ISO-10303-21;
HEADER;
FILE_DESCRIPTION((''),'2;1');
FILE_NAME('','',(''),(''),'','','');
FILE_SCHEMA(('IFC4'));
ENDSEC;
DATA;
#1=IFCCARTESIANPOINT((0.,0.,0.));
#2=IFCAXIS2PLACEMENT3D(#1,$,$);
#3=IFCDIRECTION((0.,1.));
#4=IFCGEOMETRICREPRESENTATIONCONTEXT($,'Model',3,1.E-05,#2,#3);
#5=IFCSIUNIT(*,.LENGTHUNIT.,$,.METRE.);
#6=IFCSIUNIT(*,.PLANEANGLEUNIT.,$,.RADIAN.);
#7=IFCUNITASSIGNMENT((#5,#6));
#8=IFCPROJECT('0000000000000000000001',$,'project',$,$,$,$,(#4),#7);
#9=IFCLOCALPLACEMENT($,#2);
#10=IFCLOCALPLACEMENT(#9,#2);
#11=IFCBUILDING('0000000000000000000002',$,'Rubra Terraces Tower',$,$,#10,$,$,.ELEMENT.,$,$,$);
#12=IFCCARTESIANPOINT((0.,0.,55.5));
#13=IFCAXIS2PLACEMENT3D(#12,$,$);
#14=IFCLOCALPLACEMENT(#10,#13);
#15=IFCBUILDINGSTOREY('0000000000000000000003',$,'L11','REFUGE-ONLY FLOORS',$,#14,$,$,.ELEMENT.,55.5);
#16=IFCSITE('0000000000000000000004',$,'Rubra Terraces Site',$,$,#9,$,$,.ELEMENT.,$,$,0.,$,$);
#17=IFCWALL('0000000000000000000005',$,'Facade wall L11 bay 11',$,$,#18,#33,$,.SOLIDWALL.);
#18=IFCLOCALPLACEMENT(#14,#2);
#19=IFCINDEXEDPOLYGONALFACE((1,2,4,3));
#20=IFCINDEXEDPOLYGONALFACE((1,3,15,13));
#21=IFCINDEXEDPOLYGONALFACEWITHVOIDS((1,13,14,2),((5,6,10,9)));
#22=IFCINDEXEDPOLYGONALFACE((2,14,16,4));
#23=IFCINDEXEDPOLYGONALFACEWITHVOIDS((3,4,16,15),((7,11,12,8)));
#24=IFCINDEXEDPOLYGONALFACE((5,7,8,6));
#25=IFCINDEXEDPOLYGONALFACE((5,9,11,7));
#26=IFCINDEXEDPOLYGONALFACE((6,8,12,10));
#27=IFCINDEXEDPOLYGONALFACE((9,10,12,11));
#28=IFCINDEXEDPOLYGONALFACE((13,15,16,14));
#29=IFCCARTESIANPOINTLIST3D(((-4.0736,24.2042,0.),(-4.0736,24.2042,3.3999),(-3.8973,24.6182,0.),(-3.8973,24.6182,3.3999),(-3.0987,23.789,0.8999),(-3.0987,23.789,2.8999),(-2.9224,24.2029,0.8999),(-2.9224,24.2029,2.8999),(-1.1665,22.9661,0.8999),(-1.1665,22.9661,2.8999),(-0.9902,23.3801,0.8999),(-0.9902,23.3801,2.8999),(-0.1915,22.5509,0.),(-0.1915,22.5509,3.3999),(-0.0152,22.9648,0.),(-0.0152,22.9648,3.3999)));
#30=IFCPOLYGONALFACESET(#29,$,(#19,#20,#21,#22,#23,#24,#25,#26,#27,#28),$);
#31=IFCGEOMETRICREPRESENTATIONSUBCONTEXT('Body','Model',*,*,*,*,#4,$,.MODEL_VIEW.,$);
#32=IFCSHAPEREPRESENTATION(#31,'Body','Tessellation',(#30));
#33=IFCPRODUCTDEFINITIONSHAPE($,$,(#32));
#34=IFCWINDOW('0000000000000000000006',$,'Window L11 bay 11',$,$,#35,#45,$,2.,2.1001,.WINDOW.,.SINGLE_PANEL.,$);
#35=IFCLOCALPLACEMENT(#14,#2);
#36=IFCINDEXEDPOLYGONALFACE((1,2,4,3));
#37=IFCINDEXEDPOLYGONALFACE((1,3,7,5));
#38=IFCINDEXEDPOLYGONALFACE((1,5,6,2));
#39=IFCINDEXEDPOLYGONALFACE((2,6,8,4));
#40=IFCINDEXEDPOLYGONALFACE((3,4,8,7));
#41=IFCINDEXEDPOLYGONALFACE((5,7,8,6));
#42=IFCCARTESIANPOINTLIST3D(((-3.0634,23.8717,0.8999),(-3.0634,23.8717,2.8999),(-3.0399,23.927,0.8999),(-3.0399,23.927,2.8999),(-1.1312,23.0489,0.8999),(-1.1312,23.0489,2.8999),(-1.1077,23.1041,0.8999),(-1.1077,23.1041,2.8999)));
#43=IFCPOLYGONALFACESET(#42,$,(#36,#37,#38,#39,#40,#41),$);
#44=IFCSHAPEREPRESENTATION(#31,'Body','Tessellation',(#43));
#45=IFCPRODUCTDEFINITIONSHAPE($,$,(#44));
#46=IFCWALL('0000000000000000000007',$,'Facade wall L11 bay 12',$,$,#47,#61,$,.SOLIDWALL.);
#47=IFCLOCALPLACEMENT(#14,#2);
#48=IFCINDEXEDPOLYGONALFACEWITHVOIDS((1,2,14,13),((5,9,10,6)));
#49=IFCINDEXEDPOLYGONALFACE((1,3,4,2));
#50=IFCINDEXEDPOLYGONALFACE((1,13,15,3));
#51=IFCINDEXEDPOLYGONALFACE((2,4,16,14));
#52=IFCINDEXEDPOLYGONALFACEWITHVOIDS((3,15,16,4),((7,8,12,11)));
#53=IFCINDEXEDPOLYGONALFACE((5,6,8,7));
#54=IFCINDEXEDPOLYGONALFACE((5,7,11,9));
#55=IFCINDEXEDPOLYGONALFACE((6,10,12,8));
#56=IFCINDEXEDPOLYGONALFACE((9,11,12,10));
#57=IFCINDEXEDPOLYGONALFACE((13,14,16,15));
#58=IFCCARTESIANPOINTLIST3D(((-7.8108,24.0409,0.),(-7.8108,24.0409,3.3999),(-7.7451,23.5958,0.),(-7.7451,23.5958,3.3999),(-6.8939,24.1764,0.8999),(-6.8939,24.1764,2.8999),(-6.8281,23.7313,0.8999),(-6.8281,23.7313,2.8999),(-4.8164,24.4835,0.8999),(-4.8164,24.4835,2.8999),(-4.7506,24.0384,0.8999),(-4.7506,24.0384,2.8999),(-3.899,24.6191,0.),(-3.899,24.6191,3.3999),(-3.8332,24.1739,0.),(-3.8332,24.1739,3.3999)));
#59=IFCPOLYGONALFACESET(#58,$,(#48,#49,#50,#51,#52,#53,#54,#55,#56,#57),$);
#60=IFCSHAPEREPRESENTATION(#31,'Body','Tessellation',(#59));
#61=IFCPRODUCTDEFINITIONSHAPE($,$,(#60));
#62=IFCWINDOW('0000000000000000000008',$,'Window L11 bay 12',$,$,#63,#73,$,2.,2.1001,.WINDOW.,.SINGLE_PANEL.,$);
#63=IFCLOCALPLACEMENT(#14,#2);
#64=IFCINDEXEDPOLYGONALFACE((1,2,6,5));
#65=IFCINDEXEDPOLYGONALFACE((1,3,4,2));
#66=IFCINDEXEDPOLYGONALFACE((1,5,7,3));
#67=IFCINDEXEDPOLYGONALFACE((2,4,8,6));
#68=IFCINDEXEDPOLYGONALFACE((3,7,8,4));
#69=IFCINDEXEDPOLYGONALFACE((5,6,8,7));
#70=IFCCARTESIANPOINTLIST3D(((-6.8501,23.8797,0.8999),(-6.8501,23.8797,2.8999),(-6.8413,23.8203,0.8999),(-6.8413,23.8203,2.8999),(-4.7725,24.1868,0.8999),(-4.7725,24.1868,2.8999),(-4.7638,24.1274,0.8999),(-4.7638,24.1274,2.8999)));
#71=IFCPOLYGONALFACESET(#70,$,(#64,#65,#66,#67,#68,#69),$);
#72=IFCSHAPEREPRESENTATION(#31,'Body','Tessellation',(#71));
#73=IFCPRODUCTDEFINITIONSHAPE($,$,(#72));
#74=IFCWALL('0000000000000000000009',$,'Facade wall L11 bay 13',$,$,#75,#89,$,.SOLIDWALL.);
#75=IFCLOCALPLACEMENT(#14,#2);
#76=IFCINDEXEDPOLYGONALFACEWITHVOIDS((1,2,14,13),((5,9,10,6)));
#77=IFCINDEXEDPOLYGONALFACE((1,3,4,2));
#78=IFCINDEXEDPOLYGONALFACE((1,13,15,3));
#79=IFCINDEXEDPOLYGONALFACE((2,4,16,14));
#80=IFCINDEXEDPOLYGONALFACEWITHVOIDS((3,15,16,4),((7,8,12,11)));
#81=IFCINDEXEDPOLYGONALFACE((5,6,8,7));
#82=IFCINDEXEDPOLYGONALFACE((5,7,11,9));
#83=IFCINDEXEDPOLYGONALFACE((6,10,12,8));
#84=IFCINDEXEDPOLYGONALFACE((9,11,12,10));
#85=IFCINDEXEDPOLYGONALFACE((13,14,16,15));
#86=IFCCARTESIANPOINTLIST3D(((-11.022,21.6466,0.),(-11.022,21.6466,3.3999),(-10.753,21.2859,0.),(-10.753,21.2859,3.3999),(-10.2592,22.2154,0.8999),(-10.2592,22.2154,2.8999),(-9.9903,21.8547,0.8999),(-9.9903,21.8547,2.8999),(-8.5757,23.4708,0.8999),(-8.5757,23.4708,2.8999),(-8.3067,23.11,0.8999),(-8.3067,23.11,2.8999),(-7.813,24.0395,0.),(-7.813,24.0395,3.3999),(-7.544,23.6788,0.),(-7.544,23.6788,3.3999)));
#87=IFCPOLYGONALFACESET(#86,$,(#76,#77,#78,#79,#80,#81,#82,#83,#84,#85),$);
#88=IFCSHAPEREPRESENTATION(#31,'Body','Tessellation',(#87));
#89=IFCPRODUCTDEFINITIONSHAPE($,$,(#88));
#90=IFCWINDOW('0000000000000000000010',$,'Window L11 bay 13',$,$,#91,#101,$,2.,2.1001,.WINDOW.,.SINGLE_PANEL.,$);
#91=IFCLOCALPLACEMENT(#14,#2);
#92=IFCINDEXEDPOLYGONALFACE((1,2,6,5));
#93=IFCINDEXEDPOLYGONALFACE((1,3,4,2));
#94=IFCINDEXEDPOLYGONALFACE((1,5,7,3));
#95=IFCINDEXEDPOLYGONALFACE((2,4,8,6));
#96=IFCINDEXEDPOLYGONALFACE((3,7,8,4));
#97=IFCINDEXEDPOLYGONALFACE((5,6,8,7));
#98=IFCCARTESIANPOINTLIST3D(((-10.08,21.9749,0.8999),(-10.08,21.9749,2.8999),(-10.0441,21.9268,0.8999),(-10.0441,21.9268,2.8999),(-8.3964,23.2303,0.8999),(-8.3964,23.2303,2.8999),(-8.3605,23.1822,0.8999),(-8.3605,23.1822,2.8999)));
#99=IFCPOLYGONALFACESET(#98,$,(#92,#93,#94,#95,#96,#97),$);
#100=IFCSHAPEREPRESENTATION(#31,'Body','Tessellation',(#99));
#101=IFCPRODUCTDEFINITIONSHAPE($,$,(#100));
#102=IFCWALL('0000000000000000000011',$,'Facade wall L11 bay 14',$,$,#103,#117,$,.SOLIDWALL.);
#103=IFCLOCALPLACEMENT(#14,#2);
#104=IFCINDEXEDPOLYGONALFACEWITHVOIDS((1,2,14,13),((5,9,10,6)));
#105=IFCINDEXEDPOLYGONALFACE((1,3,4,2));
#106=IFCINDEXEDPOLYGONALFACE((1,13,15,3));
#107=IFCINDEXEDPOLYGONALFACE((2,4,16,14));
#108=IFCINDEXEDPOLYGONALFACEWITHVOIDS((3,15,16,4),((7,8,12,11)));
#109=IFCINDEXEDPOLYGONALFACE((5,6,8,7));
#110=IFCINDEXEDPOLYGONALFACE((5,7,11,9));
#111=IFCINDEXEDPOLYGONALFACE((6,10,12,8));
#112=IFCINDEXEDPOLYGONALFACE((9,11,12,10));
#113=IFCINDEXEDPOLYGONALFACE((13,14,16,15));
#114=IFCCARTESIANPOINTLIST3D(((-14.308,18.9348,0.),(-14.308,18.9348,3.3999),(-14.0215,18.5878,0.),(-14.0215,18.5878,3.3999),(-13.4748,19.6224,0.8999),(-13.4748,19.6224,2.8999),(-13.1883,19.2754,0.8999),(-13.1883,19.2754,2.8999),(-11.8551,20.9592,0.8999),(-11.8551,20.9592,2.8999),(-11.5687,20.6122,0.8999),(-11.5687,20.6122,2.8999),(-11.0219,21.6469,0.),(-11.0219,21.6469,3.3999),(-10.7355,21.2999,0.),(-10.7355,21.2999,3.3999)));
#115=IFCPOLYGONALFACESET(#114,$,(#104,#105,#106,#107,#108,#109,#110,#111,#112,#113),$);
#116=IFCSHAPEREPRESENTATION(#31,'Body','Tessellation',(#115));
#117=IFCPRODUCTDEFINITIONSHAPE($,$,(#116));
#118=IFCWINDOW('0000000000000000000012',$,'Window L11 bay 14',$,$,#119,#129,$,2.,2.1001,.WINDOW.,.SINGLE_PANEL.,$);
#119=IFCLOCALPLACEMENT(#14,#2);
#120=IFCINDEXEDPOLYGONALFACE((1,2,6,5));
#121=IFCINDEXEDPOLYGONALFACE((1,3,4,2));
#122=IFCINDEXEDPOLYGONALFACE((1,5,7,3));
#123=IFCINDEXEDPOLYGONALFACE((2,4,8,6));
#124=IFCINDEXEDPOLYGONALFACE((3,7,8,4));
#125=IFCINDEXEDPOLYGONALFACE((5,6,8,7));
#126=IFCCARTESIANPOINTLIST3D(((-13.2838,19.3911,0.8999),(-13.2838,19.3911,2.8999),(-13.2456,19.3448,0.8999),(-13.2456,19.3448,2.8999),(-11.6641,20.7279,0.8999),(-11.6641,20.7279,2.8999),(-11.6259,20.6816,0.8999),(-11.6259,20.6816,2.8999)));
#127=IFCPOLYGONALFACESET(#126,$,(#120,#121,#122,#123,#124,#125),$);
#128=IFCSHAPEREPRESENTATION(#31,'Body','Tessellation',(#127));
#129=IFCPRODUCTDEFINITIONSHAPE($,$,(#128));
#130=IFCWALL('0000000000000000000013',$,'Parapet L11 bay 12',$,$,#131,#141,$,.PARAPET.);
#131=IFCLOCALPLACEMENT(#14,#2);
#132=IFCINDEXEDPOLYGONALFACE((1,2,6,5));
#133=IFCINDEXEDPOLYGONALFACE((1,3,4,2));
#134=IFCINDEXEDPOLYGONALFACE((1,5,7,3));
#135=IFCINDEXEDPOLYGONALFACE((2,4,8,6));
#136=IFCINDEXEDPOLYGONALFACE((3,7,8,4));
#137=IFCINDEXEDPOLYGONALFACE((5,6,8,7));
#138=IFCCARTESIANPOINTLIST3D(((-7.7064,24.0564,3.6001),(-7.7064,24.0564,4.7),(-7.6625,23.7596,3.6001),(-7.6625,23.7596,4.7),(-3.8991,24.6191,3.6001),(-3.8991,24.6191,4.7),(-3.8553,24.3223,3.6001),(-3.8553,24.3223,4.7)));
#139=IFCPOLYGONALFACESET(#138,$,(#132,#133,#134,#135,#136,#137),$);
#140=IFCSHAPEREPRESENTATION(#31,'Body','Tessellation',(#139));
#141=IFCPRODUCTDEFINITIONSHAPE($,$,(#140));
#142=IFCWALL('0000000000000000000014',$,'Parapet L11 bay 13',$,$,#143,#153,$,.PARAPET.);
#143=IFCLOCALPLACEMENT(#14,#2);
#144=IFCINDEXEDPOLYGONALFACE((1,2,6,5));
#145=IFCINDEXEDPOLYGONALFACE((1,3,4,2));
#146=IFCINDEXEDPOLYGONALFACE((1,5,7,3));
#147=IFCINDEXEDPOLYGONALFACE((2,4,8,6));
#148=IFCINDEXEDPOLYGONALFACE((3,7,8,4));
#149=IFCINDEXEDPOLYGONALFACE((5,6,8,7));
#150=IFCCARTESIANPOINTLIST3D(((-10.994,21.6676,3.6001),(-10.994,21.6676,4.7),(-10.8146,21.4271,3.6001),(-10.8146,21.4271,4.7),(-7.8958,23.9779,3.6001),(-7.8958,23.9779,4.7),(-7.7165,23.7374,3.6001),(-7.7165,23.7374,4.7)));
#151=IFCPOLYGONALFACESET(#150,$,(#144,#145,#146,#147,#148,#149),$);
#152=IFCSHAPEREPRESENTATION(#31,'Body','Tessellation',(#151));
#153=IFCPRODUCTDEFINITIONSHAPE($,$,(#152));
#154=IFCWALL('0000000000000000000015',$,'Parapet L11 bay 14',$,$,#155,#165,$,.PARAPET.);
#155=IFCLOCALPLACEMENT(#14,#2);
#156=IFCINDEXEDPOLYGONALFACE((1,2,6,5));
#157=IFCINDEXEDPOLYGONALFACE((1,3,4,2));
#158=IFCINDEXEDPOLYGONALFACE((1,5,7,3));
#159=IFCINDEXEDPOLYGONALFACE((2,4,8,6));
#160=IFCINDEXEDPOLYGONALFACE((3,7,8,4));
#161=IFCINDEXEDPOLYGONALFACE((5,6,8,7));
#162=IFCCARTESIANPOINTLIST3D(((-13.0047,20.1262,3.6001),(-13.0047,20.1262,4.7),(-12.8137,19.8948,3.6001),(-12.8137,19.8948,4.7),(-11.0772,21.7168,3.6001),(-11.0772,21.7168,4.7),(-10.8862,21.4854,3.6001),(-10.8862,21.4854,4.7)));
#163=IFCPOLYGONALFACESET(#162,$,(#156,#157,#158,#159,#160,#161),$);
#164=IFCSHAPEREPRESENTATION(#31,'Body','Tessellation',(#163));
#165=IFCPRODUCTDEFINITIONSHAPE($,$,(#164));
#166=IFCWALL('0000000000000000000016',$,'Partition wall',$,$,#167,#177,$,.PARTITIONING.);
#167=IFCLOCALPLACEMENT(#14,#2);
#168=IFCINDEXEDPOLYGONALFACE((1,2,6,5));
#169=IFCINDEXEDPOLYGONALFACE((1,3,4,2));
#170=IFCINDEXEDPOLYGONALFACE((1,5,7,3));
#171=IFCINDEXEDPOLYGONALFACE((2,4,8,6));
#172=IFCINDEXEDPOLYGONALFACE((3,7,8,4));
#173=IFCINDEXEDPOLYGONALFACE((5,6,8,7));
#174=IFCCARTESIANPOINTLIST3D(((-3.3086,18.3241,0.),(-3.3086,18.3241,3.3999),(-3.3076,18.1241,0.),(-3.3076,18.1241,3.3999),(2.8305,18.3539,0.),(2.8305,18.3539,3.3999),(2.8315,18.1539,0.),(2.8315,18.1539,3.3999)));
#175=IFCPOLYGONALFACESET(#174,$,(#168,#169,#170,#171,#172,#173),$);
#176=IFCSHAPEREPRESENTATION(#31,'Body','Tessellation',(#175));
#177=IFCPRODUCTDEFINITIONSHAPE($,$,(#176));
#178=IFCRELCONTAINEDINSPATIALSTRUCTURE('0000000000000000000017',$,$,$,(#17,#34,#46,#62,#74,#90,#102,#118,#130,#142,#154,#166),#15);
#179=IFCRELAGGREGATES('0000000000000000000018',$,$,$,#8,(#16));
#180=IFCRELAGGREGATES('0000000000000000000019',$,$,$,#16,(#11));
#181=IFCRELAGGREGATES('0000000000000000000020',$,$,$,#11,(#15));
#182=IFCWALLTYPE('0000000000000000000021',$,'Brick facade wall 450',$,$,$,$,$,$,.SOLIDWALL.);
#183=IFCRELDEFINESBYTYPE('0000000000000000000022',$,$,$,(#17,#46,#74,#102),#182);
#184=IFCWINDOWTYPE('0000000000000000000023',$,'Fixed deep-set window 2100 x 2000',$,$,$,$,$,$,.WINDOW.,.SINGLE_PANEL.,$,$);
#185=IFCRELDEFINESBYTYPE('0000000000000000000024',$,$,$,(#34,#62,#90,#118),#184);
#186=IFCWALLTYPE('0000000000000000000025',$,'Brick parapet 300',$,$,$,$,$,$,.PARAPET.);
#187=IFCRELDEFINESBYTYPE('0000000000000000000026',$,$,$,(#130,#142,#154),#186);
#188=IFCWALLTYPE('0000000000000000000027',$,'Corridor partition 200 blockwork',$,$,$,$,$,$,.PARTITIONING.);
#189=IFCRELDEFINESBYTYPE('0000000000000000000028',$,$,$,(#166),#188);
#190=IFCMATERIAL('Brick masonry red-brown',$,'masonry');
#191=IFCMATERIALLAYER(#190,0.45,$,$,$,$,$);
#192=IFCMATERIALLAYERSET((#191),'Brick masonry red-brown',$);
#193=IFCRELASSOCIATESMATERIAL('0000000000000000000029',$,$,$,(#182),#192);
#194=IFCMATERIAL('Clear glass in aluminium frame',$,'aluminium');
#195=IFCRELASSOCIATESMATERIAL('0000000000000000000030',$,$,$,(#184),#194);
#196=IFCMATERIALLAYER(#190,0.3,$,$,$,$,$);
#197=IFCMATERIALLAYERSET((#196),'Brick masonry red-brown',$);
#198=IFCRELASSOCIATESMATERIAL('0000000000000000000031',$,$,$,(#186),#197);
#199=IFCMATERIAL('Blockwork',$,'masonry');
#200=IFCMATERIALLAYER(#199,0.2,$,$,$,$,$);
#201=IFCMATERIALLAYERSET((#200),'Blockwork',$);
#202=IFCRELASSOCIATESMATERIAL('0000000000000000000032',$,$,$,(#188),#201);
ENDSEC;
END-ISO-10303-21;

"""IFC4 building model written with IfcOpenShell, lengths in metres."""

from ifc_helpers import new_model, si_unit, direction, frame, frame_2d, origin, place, context, subcontext, project, spatial, rectangle, extrude, material, layer, layer_set, type_object, element, fill, save


model = new_model("IFC4")

# Units and contexts
model_context = context("Model", 3, precision=1e-05, world=origin(), true_north=direction((0.0, 1.0)))
body_context = subcontext(model_context, "Body", "Model", "MODEL_VIEW")
ifc_project = project(units=[si_unit("LENGTHUNIT", "METRE"), si_unit("PLANEANGLEUNIT", "RADIAN")], contexts=[model_context])

# Site, building, storey
site_placement = place(None, origin())
site = spatial("IfcSite", under=ifc_project, at=site_placement, Name="Rubra Terraces Site", CompositionType="ELEMENT", RefElevation=0.0)
building_placement = place(site_placement, origin())
building = spatial("IfcBuilding", under=site, at=building_placement, Name="Rubra Terraces Tower", CompositionType="ELEMENT")
storey_placement = place(building_placement, frame((0.0, 0.0, 55.5)))
storey = spatial("IfcBuildingStorey", under=building, at=storey_placement, Name="L11", Description="REFUGE-ONLY FLOORS", CompositionType="ELEMENT", Elevation=55.5)

# Walls, openings, windows
ifc_material_1 = material(Name="Brick masonry red-brown", Category="masonry")
ifc_layer_1 = layer(ifc_material_1, 0.45)
ifc_layer_set_1 = layer_set([ifc_layer_1], Name="Brick masonry red-brown")
wall_type_1 = type_object("IfcWallType", Name="Brick facade wall 450", PredefinedType="SOLIDWALL", material=ifc_layer_set_1)
wall_1_placement = place(storey_placement, frame((-0.1033, 22.7578, 0.0), z_axis=(0.0, 0.0, 1.0), x_axis=(-0.920037, 0.39183, 0.0)))
wall_1 = element("IfcWall", 1, at=wall_1_placement, inside=storey, type_object=wall_type_1, Name="Facade wall L11 bay 11", PredefinedType="SOLIDWALL", context=body_context, shape_type="SweptSolid", body=[
    extrude(rectangle(XDim=4.2195, YDim=0.45, at=frame_2d((2.1099, 0.0))), origin(), (0.0, 0.0, 1.0), 3.3999),
])
opening_1_placement = place(wall_1_placement, frame((1.0598, 0.0, 0.8999)))
opening_1 = element("IfcOpeningElement", 2, at=opening_1_placement, cuts=wall_1, PredefinedType="OPENING", context=body_context, shape_type="SweptSolid", body=[
    extrude(rectangle(XDim=2.1001, YDim=2.0, at=frame_2d((1.05, 1.0))), frame((0.0, 0.2349, 0.0), z_axis=(0.0, -1.0, 0.0), x_axis=(1.0, 0.0, 0.0)), (0.0, 0.0, 1.0), 0.47),
])
ifc_material_2 = material(Name="Clear glass in aluminium frame", Category="aluminium")
window_type = type_object("IfcWindowType", Name="Fixed deep-set window 2100 x 2000", PartitioningType="SINGLE_PANEL", PredefinedType="WINDOW", material=ifc_material_2)
window_1_placement = place(opening_1_placement, origin())
window_1 = element("IfcWindow", 3, at=window_1_placement, inside=storey, type_object=window_type, Name="Window L11 bay 11", OverallHeight=2.0, OverallWidth=2.1001, PartitioningType="SINGLE_PANEL", PredefinedType="WINDOW", context=body_context, shape_type="SweptSolid", body=[
    extrude(rectangle(XDim=2.1001, YDim=2.0, at=frame_2d((1.05, 1.0))), frame((0.0, 0.135, 0.0), z_axis=(0.0, -1.0, 0.0), x_axis=(1.0, 0.0, 0.0)), (0.0, 0.0, 1.0), 0.0601),
])
fill(opening_1, window_1)
wall_2_placement = place(storey_placement, frame((-3.8662, 24.3965, 0.0), z_axis=(0.0, 0.0, 1.0), x_axis=(-0.989255, -0.1462, 0.0)))
wall_2 = element("IfcWall", 4, at=wall_2_placement, inside=storey, type_object=wall_type_1, Name="Facade wall L11 bay 12", PredefinedType="SOLIDWALL", context=body_context, shape_type="SweptSolid", body=[
    extrude(rectangle(XDim=3.9543, YDim=0.45, at=frame_2d((1.9771, 0.0))), origin(), (0.0, 0.0, 1.0), 3.3999),
])
opening_2_placement = place(wall_2_placement, frame((0.9272, 0.0, 0.8999)))
opening_2 = element("IfcOpeningElement", 5, at=opening_2_placement, cuts=wall_2, PredefinedType="OPENING", context=body_context, shape_type="SweptSolid", body=[
    extrude(rectangle(XDim=2.1001, YDim=2.0, at=frame_2d((1.05, 1.0))), frame((0.0, 0.2349, 0.0), z_axis=(0.0, -1.0, 0.0), x_axis=(1.0, 0.0, 0.0)), (0.0, 0.0, 1.0), 0.47),
])
window_2_placement = place(opening_2_placement, origin())
window_2 = element("IfcWindow", 6, at=window_2_placement, inside=storey, type_object=window_type, Name="Window L11 bay 12", OverallHeight=2.0, OverallWidth=2.1001, PartitioningType="SINGLE_PANEL", PredefinedType="WINDOW", context=body_context, shape_type="SweptSolid", body=[
    extrude(rectangle(XDim=2.1001, YDim=2.0, at=frame_2d((1.05, 1.0))), frame((0.0, 0.135, 0.0), z_axis=(0.0, -1.0, 0.0), x_axis=(1.0, 0.0, 0.0)), (0.0, 0.0, 1.0), 0.0601),
])
fill(opening_2, window_2)
wall_3_placement = place(storey_placement, frame((-7.6785, 23.8591, 0.0), z_axis=(0.0, 0.0, 1.0), x_axis=(-0.801666, -0.597773, 0.0)))
wall_3 = element("IfcWall", 7, at=wall_3_placement, inside=storey, type_object=wall_type_1, Name="Facade wall L11 bay 13", PredefinedType="SOLIDWALL", context=body_context, shape_type="SweptSolid", body=[
    extrude(rectangle(XDim=4.0029, YDim=0.45, at=frame_2d((2.0015, 0.0))), origin(), (0.0, 0.0, 1.0), 3.3999),
])
opening_3_placement = place(wall_3_placement, frame((0.9514, 0.0, 0.8999)))
opening_3 = element("IfcOpeningElement", 8, at=opening_3_placement, cuts=wall_3, PredefinedType="OPENING", context=body_context, shape_type="SweptSolid", body=[
    extrude(rectangle(XDim=2.1001, YDim=2.0, at=frame_2d((1.05, 1.0))), frame((0.0, 0.2349, 0.0), z_axis=(0.0, -1.0, 0.0), x_axis=(1.0, 0.0, 0.0)), (0.0, 0.0, 1.0), 0.47),
])
window_3_placement = place(opening_3_placement, origin())
window_3 = element("IfcWindow", 9, at=window_3_placement, inside=storey, type_object=window_type, Name="Window L11 bay 13", OverallHeight=2.0, OverallWidth=2.1001, PartitioningType="SINGLE_PANEL", PredefinedType="WINDOW", context=body_context, shape_type="SweptSolid", body=[
    extrude(rectangle(XDim=2.1001, YDim=2.0, at=frame_2d((1.05, 1.0))), frame((0.0, 0.135, 0.0), z_axis=(0.0, -1.0, 0.0), x_axis=(1.0, 0.0, 0.0)), (0.0, 0.0, 1.0), 0.0601),
])
fill(opening_3, window_3)
wall_4_placement = place(storey_placement, frame((-10.8787, 21.4734, 0.0), z_axis=(0.0, 0.0, 1.0), x_axis=(-0.771247, -0.636536, 0.0)))
wall_4 = element("IfcWall", 10, at=wall_4_placement, inside=storey, type_object=wall_type_1, Name="Facade wall L11 bay 14", PredefinedType="SOLIDWALL", context=body_context, shape_type="SweptSolid", body=[
    extrude(rectangle(XDim=4.2607, YDim=0.45, at=frame_2d((2.1304, 0.0))), origin(), (0.0, 0.0, 1.0), 3.3999),
])
opening_4_placement = place(wall_4_placement, frame((1.0803, 0.0, 0.8999)))
opening_4 = element("IfcOpeningElement", 11, at=opening_4_placement, cuts=wall_4, PredefinedType="OPENING", context=body_context, shape_type="SweptSolid", body=[
    extrude(rectangle(XDim=2.1001, YDim=2.0, at=frame_2d((1.05, 1.0))), frame((0.0, 0.2349, 0.0), z_axis=(0.0, -1.0, 0.0), x_axis=(1.0, 0.0, 0.0)), (0.0, 0.0, 1.0), 0.47),
])
window_4_placement = place(opening_4_placement, origin())
window_4 = element("IfcWindow", 12, at=window_4_placement, inside=storey, type_object=window_type, Name="Window L11 bay 14", OverallHeight=2.0, OverallWidth=2.1001, PartitioningType="SINGLE_PANEL", PredefinedType="WINDOW", context=body_context, shape_type="SweptSolid", body=[
    extrude(rectangle(XDim=2.1001, YDim=2.0, at=frame_2d((1.05, 1.0))), frame((0.0, 0.135, 0.0), z_axis=(0.0, -1.0, 0.0), x_axis=(1.0, 0.0, 0.0)), (0.0, 0.0, 1.0), 0.0601),
])
fill(opening_4, window_4)

# Walls
ifc_layer_2 = layer(ifc_material_1, 0.3)
ifc_layer_set_2 = layer_set([ifc_layer_2], Name="Brick masonry red-brown")
wall_type_2 = type_object("IfcWallType", Name="Brick parapet 300", PredefinedType="PARAPET", material=ifc_layer_set_2)
wall_5_placement = place(storey_placement, frame((-3.8772, 24.4707, 3.6001), z_axis=(0.0, 0.0, 1.0), x_axis=(-0.989253, -0.146215, 0.0)))
element("IfcWall", 13, at=wall_5_placement, inside=storey, type_object=wall_type_2, Name="Parapet L11 bay 12", PredefinedType="PARAPET", context=body_context, shape_type="SweptSolid", body=[
    extrude(rectangle(XDim=3.8486, YDim=0.3, at=frame_2d((1.9243, 0.0))), origin(), (0.0, 0.0, 1.0), 1.0999),
])
wall_6_placement = place(storey_placement, frame((-7.8062, 23.8577, 3.6001), z_axis=(0.0, 0.0, 1.0), x_axis=(-0.80165, -0.597794, 0.0)))
element("IfcWall", 14, at=wall_6_placement, inside=storey, type_object=wall_type_2, Name="Parapet L11 bay 13", PredefinedType="PARAPET", context=body_context, shape_type="SweptSolid", body=[
    extrude(rectangle(XDim=3.8647, YDim=0.3, at=frame_2d((1.9324, 0.0))), origin(), (0.0, 0.0, 1.0), 1.0999),
])
wall_7_placement = place(storey_placement, frame((-10.9817, 21.6011, 3.6001), z_axis=(0.0, 0.0, 1.0), x_axis=(-0.771295, -0.636477, 0.0)))
element("IfcWall", 15, at=wall_7_placement, inside=storey, type_object=wall_type_2, Name="Parapet L11 bay 14", PredefinedType="PARAPET", context=body_context, shape_type="SweptSolid", body=[
    extrude(rectangle(XDim=2.499, YDim=0.3, at=frame_2d((1.2495, 0.0))), origin(), (0.0, 0.0, 1.0), 1.0999),
])
ifc_material_3 = material(Name="Blockwork", Category="masonry")
ifc_layer_3 = layer(ifc_material_3, 0.2)
ifc_layer_set_3 = layer_set([ifc_layer_3], Name="Blockwork")
wall_type_3 = type_object("IfcWallType", Name="Corridor partition 200 blockwork", PredefinedType="PARTITIONING", material=ifc_layer_set_3)
wall_8_placement = place(storey_placement, frame((-3.3081, 18.2241, 0.0), z_axis=(0.0, 0.0, 1.0), x_axis=(0.999988, 0.004852, 0.0)))
element("IfcWall", 16, at=wall_8_placement, inside=storey, type_object=wall_type_3, Name="Partition wall", PredefinedType="PARTITIONING", context=body_context, shape_type="SweptSolid", body=[
    extrude(rectangle(XDim=6.1392, YDim=0.2, at=frame_2d((3.0696, 0.0))), origin(), (0.0, 0.0, 1.0), 3.3999),
])

save(model, "model.ifc")
